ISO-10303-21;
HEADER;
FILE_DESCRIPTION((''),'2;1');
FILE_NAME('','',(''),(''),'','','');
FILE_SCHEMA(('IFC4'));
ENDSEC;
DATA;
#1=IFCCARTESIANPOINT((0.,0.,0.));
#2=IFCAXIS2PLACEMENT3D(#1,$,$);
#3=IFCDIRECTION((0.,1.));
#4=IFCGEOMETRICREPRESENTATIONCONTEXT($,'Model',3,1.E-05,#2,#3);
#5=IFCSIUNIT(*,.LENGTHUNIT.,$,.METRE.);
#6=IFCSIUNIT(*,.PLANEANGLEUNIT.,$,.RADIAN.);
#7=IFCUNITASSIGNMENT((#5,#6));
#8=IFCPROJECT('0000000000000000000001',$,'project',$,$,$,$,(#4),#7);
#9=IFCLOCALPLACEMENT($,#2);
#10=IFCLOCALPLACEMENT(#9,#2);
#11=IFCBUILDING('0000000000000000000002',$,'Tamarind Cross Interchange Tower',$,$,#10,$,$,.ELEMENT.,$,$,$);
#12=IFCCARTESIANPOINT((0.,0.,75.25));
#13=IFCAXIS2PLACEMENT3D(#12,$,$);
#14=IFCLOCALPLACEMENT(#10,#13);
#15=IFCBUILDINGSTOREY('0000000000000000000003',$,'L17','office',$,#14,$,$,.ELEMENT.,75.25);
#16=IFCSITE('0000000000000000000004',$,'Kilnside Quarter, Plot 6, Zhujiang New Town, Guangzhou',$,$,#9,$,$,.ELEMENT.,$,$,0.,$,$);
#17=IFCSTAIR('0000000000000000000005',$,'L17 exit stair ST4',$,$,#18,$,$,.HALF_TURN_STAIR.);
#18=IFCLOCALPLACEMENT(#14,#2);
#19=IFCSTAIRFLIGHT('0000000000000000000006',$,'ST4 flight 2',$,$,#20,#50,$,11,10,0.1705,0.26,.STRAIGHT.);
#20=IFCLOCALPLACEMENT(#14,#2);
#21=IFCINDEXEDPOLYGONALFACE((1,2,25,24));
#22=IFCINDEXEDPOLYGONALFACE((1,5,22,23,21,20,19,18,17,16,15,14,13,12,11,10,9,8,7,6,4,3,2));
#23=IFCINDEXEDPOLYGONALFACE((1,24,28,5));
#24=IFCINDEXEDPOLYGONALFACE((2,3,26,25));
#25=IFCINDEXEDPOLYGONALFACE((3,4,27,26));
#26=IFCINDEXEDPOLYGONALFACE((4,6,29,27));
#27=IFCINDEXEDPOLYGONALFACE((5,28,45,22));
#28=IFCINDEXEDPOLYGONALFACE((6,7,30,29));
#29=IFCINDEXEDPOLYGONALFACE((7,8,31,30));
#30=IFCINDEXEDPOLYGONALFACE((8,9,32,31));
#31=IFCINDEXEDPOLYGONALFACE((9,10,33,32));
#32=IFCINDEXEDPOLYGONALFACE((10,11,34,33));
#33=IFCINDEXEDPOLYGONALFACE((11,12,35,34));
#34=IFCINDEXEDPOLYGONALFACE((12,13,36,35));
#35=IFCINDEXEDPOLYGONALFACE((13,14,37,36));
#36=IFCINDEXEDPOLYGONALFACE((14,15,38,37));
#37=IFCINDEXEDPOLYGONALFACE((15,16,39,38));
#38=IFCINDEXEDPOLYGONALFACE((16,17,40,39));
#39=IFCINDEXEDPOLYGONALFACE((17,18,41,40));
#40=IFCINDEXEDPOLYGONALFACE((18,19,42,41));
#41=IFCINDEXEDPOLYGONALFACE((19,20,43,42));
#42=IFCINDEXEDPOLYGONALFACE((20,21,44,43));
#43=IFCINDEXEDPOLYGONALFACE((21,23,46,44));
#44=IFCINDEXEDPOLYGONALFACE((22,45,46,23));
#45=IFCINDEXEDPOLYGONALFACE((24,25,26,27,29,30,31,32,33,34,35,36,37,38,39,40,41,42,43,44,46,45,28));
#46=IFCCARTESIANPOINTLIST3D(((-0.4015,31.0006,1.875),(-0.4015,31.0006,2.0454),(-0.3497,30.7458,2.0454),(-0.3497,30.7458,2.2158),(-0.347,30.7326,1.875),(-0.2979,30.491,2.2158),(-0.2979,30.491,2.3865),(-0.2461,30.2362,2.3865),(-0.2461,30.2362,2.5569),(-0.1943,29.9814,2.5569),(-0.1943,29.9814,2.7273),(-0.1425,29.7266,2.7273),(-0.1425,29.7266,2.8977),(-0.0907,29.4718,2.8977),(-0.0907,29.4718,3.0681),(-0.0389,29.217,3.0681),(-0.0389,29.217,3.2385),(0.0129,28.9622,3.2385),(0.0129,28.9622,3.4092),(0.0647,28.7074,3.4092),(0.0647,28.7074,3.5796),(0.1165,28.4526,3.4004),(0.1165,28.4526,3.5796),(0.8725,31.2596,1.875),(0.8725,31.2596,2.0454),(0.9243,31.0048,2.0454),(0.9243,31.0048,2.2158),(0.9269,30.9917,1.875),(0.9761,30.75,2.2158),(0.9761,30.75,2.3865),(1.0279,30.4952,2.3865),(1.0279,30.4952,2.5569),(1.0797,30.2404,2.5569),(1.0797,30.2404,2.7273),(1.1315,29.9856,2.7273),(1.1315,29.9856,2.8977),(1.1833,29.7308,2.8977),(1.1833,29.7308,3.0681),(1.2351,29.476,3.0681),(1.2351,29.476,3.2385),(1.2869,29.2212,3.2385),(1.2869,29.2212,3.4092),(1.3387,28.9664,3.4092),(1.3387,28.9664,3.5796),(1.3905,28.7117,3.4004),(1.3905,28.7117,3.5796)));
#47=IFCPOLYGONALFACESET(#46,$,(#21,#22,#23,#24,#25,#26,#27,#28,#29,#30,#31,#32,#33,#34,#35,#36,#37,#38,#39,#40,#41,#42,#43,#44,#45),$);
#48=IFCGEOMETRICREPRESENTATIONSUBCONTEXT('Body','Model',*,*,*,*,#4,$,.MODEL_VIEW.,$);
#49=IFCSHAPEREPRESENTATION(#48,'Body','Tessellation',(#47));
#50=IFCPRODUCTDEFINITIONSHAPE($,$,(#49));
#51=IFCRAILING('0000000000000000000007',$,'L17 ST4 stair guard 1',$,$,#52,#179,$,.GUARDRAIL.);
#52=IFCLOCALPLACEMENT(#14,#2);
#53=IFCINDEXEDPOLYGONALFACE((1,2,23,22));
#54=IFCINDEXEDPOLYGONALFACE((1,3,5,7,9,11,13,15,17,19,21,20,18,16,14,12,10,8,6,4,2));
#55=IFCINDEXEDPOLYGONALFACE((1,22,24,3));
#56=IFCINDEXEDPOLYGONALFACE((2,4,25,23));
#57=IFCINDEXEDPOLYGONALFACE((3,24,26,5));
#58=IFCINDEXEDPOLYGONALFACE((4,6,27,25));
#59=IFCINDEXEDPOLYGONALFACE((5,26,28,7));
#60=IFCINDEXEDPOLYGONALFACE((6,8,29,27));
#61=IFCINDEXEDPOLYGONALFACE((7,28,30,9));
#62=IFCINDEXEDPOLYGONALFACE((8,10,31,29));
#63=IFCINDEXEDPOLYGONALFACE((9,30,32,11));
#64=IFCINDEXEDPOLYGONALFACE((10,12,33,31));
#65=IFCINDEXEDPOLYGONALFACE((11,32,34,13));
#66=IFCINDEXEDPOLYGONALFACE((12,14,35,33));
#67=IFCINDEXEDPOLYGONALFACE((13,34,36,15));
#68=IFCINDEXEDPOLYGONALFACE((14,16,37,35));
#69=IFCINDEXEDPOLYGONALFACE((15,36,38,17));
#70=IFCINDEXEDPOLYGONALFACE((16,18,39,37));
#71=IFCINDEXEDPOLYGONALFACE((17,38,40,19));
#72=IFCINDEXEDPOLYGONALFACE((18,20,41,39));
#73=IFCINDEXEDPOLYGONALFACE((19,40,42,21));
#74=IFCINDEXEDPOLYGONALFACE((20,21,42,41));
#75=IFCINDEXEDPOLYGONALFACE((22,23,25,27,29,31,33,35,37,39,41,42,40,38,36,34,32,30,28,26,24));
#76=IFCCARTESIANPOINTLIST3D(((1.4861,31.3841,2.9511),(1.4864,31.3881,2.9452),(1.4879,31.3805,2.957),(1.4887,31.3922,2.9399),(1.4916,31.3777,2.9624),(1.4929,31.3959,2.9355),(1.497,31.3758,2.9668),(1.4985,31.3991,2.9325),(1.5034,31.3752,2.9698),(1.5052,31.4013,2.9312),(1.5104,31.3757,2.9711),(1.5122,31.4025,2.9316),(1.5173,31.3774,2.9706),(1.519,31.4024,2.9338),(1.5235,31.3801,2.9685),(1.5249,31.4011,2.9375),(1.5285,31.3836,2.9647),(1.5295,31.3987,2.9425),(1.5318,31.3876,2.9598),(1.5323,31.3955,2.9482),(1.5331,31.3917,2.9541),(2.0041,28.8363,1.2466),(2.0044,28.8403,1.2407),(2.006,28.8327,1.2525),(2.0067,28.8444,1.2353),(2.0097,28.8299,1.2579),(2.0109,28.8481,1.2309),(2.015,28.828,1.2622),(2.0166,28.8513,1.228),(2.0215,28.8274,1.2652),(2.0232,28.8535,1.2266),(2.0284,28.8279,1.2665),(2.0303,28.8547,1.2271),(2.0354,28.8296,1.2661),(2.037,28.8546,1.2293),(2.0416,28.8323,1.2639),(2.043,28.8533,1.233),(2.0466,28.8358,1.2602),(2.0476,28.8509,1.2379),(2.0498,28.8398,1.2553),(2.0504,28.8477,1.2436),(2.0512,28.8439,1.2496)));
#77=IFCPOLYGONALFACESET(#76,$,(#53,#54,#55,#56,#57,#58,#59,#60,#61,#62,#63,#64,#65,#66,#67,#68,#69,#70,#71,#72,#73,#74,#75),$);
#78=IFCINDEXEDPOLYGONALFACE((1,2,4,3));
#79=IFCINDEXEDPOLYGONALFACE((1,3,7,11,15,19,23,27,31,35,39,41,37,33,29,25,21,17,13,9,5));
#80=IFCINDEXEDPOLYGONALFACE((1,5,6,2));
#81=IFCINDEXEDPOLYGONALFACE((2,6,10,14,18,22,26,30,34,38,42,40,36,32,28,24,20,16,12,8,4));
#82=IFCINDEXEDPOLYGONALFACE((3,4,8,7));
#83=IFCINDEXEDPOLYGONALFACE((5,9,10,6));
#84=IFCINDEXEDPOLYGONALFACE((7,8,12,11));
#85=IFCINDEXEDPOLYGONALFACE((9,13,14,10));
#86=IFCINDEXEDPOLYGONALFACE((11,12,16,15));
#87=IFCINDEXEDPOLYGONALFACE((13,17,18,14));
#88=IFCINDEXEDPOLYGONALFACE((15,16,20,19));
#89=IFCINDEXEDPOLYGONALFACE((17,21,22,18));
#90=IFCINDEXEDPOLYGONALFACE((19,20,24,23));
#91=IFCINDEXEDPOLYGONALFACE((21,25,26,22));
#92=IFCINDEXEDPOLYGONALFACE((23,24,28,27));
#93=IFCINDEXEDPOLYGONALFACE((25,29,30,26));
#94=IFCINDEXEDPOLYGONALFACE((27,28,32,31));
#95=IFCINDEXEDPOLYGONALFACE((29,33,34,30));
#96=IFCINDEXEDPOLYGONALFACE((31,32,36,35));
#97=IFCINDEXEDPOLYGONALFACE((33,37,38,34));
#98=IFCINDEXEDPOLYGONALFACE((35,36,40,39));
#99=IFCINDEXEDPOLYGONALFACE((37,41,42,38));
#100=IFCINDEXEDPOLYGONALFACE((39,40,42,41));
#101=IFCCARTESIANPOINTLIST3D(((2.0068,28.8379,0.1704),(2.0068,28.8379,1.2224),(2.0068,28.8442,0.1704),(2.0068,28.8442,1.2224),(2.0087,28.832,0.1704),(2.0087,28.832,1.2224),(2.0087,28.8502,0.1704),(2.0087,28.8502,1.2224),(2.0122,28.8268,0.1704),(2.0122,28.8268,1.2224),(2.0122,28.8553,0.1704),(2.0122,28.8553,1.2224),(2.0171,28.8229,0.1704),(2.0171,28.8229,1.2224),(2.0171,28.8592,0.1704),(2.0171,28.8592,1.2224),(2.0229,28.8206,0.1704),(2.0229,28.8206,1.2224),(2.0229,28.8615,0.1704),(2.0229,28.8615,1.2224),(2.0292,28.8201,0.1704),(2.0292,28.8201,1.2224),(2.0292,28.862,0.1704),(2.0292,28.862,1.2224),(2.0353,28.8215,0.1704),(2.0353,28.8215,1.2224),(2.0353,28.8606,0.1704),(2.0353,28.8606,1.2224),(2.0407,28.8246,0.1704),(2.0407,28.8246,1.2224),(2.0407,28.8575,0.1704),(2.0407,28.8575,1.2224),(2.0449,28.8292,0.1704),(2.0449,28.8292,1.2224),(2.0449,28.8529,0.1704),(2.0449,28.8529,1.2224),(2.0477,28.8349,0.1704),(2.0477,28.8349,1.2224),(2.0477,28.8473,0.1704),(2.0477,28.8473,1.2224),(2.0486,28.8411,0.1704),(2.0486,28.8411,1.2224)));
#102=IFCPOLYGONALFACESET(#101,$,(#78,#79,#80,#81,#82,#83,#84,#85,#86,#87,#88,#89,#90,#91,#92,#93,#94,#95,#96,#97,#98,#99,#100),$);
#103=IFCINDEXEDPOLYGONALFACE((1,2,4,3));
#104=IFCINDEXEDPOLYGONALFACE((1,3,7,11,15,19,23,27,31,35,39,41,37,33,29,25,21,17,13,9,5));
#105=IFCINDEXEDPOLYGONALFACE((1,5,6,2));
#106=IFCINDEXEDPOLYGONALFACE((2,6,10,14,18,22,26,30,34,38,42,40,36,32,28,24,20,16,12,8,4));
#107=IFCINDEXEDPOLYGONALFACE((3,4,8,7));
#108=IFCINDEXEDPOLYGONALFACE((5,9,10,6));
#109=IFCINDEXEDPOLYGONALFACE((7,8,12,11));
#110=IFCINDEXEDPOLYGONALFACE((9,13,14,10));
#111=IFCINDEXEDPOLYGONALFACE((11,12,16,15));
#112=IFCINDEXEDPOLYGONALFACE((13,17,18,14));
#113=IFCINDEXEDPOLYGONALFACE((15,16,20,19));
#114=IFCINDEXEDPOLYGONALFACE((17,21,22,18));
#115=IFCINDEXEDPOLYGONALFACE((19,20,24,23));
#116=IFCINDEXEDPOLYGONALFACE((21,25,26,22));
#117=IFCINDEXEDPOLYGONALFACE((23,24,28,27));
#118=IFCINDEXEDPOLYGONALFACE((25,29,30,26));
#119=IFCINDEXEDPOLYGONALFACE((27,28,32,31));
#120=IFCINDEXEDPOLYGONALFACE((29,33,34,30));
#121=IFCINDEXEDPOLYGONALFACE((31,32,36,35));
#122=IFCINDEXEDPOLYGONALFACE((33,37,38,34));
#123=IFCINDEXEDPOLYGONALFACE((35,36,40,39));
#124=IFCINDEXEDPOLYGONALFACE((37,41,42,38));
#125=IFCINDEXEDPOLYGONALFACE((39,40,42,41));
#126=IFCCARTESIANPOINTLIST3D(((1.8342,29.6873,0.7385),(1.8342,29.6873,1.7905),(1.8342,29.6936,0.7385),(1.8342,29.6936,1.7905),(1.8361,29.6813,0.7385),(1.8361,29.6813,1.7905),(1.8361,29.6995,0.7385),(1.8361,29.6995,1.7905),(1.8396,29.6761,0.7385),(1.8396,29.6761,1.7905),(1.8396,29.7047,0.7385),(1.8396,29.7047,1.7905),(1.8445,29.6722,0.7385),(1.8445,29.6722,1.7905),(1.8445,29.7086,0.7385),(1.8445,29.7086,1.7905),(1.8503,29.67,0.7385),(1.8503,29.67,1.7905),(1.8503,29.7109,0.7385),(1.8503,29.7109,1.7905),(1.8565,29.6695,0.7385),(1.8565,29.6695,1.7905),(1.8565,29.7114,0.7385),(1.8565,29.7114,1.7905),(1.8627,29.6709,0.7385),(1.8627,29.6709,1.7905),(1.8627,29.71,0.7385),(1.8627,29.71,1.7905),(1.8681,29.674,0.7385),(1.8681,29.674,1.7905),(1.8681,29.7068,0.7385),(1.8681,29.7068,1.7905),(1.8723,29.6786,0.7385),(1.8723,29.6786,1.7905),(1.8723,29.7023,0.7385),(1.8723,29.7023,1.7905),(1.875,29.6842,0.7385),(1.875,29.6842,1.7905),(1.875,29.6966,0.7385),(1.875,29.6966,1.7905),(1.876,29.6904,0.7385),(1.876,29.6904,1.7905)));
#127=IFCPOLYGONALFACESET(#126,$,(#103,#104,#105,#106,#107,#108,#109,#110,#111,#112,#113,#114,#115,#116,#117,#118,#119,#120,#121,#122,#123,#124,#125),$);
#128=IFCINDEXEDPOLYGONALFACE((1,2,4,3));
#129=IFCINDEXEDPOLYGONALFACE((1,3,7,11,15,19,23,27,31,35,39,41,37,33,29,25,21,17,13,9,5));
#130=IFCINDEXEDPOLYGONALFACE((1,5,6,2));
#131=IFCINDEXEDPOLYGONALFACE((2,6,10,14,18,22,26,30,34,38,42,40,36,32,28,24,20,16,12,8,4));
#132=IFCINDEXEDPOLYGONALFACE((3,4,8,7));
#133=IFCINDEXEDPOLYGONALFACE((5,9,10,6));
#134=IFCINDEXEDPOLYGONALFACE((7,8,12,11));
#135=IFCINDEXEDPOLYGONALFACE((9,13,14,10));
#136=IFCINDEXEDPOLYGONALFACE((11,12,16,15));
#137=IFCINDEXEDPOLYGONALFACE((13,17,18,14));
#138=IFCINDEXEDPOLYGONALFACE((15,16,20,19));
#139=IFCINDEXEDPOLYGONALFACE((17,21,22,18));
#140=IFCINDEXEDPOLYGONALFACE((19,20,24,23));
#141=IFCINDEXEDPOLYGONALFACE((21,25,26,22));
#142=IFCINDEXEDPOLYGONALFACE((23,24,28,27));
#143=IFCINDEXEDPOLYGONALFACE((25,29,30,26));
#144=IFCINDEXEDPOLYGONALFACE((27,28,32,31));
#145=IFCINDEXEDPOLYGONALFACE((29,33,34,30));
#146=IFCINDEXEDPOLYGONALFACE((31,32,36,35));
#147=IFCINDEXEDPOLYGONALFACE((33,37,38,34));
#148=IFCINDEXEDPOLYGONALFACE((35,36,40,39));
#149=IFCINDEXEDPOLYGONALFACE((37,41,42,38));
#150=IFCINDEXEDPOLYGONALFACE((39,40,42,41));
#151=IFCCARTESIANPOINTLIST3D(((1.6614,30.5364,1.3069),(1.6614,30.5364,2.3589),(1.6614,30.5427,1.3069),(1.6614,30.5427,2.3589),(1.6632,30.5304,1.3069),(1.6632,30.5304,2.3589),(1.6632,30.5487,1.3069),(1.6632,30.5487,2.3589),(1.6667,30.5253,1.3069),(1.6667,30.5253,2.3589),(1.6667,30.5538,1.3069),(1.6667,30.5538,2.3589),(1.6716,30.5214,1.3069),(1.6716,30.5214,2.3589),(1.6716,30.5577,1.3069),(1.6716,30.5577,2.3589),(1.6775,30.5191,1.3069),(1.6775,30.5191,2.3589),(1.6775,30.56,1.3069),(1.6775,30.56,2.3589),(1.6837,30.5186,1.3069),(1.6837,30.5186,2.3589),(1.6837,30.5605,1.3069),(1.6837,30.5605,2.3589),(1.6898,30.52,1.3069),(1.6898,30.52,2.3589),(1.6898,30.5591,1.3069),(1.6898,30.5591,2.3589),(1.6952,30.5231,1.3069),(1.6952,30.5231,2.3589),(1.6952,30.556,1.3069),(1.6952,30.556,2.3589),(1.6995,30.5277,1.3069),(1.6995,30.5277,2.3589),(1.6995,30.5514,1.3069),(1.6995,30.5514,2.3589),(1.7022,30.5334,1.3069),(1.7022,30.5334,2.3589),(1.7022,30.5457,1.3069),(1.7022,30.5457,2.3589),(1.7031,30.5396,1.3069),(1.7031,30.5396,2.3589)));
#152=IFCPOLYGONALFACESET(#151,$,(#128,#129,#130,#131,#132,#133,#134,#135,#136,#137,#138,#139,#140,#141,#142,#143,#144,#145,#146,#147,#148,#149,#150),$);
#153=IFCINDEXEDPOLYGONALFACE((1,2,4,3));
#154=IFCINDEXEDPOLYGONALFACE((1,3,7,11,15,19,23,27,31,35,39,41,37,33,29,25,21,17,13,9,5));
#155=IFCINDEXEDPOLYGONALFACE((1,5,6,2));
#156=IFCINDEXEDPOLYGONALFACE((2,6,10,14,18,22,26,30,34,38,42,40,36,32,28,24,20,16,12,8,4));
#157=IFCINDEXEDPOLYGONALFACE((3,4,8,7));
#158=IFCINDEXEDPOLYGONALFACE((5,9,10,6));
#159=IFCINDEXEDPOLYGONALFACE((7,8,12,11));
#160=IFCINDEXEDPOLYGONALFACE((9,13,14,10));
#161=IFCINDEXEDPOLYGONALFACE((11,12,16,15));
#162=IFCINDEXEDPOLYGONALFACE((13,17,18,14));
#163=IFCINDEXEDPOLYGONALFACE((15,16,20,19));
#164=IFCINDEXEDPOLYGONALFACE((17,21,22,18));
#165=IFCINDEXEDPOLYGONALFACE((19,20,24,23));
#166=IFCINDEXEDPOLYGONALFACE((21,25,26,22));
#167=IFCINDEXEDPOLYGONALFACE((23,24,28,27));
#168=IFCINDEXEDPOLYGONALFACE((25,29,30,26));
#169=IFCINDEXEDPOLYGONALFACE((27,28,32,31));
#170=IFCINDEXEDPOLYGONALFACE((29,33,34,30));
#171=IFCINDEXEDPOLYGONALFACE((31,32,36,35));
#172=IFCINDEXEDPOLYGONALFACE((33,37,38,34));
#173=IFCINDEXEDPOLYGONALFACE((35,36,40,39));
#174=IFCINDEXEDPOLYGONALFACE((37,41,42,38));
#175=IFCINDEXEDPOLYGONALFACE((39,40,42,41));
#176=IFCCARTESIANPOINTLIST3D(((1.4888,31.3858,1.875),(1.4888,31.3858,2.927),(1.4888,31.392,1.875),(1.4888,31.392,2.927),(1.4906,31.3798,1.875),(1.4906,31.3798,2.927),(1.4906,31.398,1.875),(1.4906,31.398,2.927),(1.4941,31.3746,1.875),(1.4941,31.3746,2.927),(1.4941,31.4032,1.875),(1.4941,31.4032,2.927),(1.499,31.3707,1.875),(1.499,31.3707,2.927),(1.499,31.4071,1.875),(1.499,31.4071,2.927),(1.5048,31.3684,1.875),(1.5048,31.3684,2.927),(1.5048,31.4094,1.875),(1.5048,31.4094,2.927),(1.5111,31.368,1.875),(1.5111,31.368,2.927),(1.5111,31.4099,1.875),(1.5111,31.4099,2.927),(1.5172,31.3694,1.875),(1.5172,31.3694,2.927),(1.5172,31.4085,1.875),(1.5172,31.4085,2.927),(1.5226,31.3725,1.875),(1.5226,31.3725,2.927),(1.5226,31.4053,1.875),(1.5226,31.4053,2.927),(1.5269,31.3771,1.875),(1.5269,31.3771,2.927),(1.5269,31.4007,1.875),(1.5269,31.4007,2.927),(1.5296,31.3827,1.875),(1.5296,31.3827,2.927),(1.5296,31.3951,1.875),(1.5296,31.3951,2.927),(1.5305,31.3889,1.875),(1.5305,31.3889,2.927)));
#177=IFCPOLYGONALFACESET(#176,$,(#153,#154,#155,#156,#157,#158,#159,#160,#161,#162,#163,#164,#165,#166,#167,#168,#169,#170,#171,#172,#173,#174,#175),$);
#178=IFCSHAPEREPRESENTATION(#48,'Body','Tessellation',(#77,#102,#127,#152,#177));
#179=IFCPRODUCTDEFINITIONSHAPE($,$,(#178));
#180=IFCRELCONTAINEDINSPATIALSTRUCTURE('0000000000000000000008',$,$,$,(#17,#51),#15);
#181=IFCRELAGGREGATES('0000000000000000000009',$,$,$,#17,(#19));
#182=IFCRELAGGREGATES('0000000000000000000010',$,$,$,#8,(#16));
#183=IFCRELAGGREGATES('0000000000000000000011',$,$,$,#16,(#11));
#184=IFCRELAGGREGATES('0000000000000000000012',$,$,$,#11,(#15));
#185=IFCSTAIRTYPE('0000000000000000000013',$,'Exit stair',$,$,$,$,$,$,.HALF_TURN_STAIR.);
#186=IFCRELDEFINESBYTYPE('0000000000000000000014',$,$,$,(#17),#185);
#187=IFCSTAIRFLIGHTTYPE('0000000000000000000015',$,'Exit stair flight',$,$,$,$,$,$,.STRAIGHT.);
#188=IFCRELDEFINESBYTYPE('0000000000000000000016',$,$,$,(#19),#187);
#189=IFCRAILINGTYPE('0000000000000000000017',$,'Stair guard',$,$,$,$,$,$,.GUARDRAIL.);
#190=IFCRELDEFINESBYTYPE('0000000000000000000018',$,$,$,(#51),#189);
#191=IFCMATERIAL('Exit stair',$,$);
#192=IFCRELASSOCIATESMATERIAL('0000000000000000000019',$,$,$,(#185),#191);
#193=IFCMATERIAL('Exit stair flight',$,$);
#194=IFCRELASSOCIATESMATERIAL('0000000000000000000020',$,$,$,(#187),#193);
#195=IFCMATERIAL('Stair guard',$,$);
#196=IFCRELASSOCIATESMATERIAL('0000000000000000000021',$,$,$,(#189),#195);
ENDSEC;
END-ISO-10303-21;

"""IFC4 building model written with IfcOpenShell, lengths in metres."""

from ifc_helpers import new_model, si_unit, direction, frame, origin, origin_2d, place, context, subcontext, project, spatial, polyline, circle, outline, extrude, material, type_object, element, aggregate, save


model = new_model("IFC4")

# Units and contexts
model_context = context("Model", 3, precision=1e-05, world=origin(), true_north=direction((0.0, 1.0)))
body_context = subcontext(model_context, "Body", "Model", "MODEL_VIEW")
ifc_project = project(units=[si_unit("LENGTHUNIT", "METRE"), si_unit("PLANEANGLEUNIT", "RADIAN")], contexts=[model_context])

# Site, building, storey
site_placement = place(None, origin())
site = spatial("IfcSite", under=ifc_project, at=site_placement, Name="Kilnside Quarter, Plot 6, Zhujiang New Town, Guangzhou", CompositionType="ELEMENT", RefElevation=0.0)
building_placement = place(site_placement, origin())
building = spatial("IfcBuilding", under=site, at=building_placement, Name="Tamarind Cross Interchange Tower", CompositionType="ELEMENT")
storey_placement = place(building_placement, frame((0.0, 0.0, 75.25)))
storey = spatial("IfcBuildingStorey", under=building, at=storey_placement, Name="L17", Description="office", CompositionType="ELEMENT", Elevation=75.25)

# Shared definitions
ifc_material_1 = material(Name="Exit stair")
stair_type = type_object("IfcStairType", Name="Exit stair", PredefinedType="HALF_TURN_STAIR", material=ifc_material_1)

# Stair, stair flight
stair_1_placement = place(storey_placement, origin())
stair_1 = element("IfcStair", 1, at=stair_1_placement, inside=storey, type_object=stair_type, Name="L17 exit stair ST4", PredefinedType="HALF_TURN_STAIR")
ifc_material_2 = material(Name="Exit stair flight")
stair_flight_type = type_object("IfcStairFlightType", Name="Exit stair flight", PredefinedType="STRAIGHT", material=ifc_material_2)
stair_flight_1_placement = place(storey_placement, frame((0.2356, 31.1301, 1.875), z_axis=(0.0, 0.0, 1.0), x_axis=(0.199245, -0.97995, 0.0)))
stair_flight_1 = element("IfcStairFlight", 2, at=stair_flight_1_placement, type_object=stair_flight_type, Name="ST4 flight 2", NumberOfRisers=11, NumberOfTreads=10, PredefinedType="STRAIGHT", RiserHeight=0.1705, TreadLength=0.26, context=body_context, shape_type="SweptSolid", body=[
    extrude(outline(polyline([(0.0, 0.0), (0.0, 0.1704), (0.26, 0.1704), (0.26, 0.3408), (0.52, 0.3408), (0.52, 0.5115), (0.78, 0.5115), (0.78, 0.6819), (1.04, 0.6819), (1.04, 0.8523), (1.3, 0.8523), (1.3, 1.0227), (1.5601, 1.0227), (1.5601, 1.1931), (1.8201, 1.1931), (1.8201, 1.3635), (2.0801, 1.3635), (2.0801, 1.5342), (2.3401, 1.5342), (2.3401, 1.7046), (2.6001, 1.7046), (2.6001, 1.875), (2.6001, 1.5254), (0.2734, 0.0), (0.0, 0.0)])), frame((0.0, 0.6499, 0.0), z_axis=(0.0, -1.0, 0.0), x_axis=(1.0, 0.0, 0.0)), (0.0, 0.0, 1.0), 1.3),
])
aggregate(stair_1, [stair_flight_1])

# Railing
ifc_material_3 = material(Name="Stair guard")
railing_type_1 = type_object("IfcRailingType", Name="Stair guard", PredefinedType="GUARDRAIL", material=ifc_material_3)
railing_1_placement = place(storey_placement, frame((2.0276, 28.8411, 0.1704)))
element("IfcRailing", 3, at=railing_1_placement, inside=storey, type_object=railing_type_1, Name="L17 ST4 stair guard 1", PredefinedType="GUARDRAIL", context=body_context, shape_type="SweptSolid", body=[
    extrude(circle(Radius=0.0239, at=origin_2d()), frame((0.0, 0.0, 1.0762), z_axis=(-0.166637, 0.819522, 0.548285), x_axis=(-0.979947, -0.199257, 0.0)), (0.0, 0.0, 1.0), 3.1089),
    extrude(circle(Radius=0.021, at=origin_2d()), origin(), (0.0, 0.0, 1.0), 1.052),
    extrude(circle(Radius=0.021, at=origin_2d()), frame((-0.1726, 0.8494, 0.5681)), (0.0, 0.0, 1.0), 1.052),
    extrude(circle(Radius=0.021, at=origin_2d()), frame((-0.3455, 1.6985, 1.1365)), (0.0, 0.0, 1.0), 1.052),
    extrude(circle(Radius=0.021, at=origin_2d()), frame((-0.5181, 2.5479, 1.7046)), (0.0, 0.0, 1.0), 1.052),
])

save(model, "model.ifc")
